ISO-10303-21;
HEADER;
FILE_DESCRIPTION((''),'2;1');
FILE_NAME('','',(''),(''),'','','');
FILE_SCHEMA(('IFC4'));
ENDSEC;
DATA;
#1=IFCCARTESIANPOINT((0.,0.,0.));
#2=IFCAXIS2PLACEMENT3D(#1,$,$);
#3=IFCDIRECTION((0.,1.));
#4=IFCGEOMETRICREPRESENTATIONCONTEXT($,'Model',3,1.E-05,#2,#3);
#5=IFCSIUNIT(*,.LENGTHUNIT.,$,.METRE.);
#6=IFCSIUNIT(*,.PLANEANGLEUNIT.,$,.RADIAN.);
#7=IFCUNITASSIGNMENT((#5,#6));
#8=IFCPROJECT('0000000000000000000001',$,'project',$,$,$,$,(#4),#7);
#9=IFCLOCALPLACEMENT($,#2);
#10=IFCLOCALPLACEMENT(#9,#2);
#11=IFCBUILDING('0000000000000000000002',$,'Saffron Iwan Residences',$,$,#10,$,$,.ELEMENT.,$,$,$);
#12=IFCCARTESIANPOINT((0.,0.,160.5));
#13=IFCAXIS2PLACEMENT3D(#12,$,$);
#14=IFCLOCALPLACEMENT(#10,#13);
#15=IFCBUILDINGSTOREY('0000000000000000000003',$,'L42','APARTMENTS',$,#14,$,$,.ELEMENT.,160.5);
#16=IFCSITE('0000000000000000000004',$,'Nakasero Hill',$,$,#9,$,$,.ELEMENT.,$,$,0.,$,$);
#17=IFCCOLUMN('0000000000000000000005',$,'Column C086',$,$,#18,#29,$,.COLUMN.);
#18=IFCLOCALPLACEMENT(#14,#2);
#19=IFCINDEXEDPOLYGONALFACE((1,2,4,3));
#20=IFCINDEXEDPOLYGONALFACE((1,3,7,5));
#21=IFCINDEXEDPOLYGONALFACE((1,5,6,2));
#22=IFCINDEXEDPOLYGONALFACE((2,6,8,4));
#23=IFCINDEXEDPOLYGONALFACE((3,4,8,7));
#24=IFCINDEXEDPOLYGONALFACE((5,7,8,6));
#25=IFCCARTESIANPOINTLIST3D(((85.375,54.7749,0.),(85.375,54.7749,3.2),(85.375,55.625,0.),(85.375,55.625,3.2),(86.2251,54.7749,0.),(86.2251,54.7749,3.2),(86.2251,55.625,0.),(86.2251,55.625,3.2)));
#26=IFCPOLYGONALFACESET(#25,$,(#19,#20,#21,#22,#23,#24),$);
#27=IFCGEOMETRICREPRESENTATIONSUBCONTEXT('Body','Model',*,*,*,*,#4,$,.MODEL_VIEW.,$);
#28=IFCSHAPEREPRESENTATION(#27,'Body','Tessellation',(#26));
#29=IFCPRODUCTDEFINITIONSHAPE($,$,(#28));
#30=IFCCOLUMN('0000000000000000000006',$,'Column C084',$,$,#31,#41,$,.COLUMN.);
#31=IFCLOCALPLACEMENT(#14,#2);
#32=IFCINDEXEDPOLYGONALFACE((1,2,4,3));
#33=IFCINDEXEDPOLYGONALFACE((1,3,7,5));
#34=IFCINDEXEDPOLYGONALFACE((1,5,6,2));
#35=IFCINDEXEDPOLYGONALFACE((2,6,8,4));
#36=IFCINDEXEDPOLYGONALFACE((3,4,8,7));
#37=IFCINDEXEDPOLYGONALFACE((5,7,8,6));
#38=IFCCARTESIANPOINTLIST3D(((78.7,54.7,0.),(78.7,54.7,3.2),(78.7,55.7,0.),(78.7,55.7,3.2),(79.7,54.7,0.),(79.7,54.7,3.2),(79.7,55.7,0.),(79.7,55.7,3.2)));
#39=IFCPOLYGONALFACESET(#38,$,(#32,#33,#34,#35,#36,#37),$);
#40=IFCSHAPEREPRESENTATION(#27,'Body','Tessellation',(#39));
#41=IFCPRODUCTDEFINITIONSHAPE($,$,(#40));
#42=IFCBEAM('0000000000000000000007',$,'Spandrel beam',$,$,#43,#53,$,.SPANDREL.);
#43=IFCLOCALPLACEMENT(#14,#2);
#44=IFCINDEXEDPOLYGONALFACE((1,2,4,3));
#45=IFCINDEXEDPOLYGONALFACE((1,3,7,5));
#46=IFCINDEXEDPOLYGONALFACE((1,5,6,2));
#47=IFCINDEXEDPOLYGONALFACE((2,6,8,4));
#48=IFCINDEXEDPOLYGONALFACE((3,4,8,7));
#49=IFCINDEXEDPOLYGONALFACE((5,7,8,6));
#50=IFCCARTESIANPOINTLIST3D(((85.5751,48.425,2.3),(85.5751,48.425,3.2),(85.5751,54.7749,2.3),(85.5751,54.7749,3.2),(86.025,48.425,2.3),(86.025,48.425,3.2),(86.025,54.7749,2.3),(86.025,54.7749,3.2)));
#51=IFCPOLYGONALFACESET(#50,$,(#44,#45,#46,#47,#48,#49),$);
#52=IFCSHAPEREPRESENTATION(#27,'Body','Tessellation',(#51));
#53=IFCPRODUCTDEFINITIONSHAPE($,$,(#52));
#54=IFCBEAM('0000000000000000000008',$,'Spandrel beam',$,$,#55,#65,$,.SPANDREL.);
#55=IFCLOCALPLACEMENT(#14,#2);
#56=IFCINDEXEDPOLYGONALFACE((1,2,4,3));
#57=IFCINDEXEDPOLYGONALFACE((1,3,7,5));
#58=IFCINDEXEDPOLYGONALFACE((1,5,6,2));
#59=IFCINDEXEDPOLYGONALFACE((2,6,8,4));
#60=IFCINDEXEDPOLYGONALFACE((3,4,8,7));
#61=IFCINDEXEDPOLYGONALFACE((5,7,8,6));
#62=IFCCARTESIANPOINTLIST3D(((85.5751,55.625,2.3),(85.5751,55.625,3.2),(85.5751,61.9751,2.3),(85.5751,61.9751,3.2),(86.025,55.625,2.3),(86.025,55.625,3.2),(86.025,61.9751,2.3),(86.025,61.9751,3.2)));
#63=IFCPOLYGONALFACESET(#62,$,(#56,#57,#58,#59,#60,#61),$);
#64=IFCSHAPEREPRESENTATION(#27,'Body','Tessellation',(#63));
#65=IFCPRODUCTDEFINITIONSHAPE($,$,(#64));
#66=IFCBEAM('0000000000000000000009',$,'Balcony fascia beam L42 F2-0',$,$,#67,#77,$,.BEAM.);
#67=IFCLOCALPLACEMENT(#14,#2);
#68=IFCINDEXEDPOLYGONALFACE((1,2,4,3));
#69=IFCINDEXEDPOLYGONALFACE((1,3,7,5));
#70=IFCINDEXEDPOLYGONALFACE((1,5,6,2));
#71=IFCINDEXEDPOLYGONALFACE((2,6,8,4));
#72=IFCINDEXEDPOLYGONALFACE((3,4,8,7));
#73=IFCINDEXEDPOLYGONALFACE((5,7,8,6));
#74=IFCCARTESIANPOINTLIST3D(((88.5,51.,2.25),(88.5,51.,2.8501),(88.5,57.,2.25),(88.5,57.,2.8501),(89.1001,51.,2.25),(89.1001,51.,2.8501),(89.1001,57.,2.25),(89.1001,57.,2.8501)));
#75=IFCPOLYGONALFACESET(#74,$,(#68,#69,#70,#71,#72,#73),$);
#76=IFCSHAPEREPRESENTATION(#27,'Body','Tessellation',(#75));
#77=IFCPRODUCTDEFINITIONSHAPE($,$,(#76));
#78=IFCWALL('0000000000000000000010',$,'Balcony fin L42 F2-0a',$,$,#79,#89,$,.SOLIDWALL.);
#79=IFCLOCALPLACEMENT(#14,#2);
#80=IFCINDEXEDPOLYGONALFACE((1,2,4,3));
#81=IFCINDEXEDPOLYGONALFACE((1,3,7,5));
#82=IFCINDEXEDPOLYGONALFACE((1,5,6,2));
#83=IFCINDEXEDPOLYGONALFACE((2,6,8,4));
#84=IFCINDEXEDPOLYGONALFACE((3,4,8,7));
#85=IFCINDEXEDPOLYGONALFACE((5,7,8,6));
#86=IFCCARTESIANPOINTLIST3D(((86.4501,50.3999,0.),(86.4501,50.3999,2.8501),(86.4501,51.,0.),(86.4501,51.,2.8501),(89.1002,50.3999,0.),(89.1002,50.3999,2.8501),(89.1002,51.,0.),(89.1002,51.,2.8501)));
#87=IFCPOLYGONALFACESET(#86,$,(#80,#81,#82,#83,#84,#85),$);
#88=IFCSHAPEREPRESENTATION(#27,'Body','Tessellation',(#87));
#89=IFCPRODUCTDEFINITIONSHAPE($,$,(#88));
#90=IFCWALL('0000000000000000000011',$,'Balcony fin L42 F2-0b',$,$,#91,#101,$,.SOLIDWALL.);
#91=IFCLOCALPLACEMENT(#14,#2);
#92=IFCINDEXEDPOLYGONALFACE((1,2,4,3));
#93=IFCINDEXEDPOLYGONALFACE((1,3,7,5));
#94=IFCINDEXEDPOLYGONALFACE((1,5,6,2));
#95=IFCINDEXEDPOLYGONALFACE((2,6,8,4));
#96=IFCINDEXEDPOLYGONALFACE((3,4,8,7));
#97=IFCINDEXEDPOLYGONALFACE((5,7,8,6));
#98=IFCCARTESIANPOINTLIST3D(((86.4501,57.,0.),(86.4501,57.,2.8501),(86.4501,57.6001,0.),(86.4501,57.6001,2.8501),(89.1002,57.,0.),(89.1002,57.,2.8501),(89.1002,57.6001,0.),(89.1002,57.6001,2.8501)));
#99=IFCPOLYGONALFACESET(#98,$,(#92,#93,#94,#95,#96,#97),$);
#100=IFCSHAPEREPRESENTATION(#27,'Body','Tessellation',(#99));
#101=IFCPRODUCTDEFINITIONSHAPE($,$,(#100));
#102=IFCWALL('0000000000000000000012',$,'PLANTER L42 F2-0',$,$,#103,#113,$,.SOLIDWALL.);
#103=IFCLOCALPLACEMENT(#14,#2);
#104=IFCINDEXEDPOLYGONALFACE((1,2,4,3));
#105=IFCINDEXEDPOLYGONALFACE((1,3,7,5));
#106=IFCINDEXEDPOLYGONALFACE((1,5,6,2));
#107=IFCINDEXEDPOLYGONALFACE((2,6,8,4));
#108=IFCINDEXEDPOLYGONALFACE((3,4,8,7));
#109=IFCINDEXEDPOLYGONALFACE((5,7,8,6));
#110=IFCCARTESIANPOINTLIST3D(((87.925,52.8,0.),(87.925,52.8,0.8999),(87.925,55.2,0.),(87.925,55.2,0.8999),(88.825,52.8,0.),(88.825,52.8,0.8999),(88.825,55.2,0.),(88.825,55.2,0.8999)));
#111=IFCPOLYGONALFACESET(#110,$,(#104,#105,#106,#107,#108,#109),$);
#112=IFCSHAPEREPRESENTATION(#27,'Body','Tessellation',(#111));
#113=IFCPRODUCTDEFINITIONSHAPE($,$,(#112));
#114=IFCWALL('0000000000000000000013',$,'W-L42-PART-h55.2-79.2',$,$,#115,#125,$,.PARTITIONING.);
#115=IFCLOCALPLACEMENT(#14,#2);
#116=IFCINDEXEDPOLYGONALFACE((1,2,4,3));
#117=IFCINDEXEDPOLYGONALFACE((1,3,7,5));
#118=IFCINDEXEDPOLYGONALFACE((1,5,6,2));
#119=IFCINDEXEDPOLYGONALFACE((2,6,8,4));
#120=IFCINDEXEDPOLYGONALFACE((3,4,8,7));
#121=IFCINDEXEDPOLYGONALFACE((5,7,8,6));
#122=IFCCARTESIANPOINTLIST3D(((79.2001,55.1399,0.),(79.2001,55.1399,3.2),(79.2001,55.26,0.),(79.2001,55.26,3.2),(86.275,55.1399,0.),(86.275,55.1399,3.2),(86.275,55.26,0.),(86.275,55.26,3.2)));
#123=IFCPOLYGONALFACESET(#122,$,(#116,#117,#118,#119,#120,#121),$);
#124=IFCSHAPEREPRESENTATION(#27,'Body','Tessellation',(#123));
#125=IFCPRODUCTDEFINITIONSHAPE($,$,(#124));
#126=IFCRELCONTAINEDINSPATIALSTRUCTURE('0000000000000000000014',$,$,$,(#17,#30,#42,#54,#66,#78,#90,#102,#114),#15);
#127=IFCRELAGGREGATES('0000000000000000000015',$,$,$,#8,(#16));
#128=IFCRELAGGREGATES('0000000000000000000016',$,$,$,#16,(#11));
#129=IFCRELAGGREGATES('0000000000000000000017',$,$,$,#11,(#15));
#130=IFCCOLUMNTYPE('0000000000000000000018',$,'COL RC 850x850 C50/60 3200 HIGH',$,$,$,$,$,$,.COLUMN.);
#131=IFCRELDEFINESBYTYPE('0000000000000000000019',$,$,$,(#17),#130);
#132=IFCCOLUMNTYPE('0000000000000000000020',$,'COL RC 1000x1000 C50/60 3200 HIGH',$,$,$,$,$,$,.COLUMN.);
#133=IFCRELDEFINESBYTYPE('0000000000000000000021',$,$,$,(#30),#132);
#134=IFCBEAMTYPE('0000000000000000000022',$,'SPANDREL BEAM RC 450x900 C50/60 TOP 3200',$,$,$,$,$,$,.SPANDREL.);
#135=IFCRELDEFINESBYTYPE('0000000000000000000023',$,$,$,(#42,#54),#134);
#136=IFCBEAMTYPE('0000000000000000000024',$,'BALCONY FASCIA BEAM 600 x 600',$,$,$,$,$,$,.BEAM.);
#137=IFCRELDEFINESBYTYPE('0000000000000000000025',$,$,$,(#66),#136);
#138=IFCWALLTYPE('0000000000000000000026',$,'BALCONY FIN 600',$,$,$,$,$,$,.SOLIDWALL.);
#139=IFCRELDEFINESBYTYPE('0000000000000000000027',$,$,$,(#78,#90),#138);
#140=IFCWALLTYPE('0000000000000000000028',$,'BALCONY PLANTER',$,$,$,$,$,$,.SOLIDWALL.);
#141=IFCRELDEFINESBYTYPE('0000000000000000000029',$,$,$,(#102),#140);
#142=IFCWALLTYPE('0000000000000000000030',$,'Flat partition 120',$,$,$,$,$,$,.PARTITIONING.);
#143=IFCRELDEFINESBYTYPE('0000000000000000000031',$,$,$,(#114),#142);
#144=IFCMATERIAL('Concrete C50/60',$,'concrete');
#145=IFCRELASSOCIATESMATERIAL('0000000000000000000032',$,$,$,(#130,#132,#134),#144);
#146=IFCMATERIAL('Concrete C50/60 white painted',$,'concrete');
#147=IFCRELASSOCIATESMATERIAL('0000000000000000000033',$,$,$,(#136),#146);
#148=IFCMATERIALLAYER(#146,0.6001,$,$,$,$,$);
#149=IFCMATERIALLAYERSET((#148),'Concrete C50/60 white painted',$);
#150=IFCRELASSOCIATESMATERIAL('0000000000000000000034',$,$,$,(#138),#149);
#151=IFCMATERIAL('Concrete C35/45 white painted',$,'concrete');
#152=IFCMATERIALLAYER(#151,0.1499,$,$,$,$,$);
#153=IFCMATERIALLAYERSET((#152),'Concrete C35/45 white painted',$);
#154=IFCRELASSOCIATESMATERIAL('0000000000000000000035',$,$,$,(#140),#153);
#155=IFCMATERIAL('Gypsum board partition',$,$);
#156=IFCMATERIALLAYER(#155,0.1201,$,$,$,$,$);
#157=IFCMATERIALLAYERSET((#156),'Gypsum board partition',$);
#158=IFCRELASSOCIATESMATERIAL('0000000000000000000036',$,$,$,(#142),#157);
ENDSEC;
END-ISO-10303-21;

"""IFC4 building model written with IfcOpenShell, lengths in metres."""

from ifc_helpers import new_model, si_unit, direction, frame, frame_2d, origin, origin_2d, place, context, subcontext, project, spatial, rectangle, extrude, source, transform, mapped, material, layer, layer_set, material_profile, profile_set, type_object, element, save


model = new_model("IFC4")

# Units and contexts
model_context = context("Model", 3, precision=1e-05, world=origin(), true_north=direction((0.0, 1.0)))
body_context = subcontext(model_context, "Body", "Model", "MODEL_VIEW")
ifc_project = project(units=[si_unit("LENGTHUNIT", "METRE"), si_unit("PLANEANGLEUNIT", "RADIAN")], contexts=[model_context])

# Site, building, storey
site_placement = place(None, origin())
site = spatial("IfcSite", under=ifc_project, at=site_placement, Name="Nakasero Hill", CompositionType="ELEMENT", RefElevation=0.0)
building_placement = place(site_placement, origin())
building = spatial("IfcBuilding", under=site, at=building_placement, Name="Saffron Iwan Residences", CompositionType="ELEMENT")
storey_placement = place(building_placement, frame((0.0, 0.0, 160.5)))
storey = spatial("IfcBuildingStorey", under=building, at=storey_placement, Name="L42", Description="APARTMENTS", CompositionType="ELEMENT", Elevation=160.5)

# Columns
ifc_material_1 = material(Name="Concrete C50/60", Category="concrete")
ifc_material_profile_1 = material_profile(ifc_material_1, rectangle(XDim=0.8501, YDim=0.8501, at=origin_2d()), Name="RC 850x850")
ifc_profile_set_1 = profile_set([ifc_material_profile_1], Name="Concrete C50/60")
column_type_1 = type_object("IfcColumnType", Name="COL RC 850x850 C50/60 3200 HIGH", PredefinedType="COLUMN", material=ifc_profile_set_1)
shared_shape_1 = source(origin(), body_context, "Body", "SweptSolid", [
    extrude(rectangle(XDim=0.8501, YDim=0.8501, at=origin_2d()), origin(), (0.0, 0.0, 1.0), 3.2),
])
column_1_placement = place(storey_placement, frame((85.8, 55.2, 0.0), z_axis=(0.0, 0.0, 1.0), x_axis=(1.0, 0.0, 0.0)))
element("IfcColumn", 1, at=column_1_placement, inside=storey, type_object=column_type_1, Name="Column C086", PredefinedType="COLUMN", context=body_context, shape_type="MappedRepresentation", body=[
    mapped(shared_shape_1, transform((0.0, 0.0, 0.0))),
])
ifc_material_profile_2 = material_profile(ifc_material_1, rectangle(XDim=1.0, YDim=1.0, at=origin_2d()), Name="RC 1000x1000")
ifc_profile_set_2 = profile_set([ifc_material_profile_2], Name="Concrete C50/60")
column_type_2 = type_object("IfcColumnType", Name="COL RC 1000x1000 C50/60 3200 HIGH", PredefinedType="COLUMN", material=ifc_profile_set_2)
shared_shape_2 = source(origin(), body_context, "Body", "SweptSolid", [
    extrude(rectangle(XDim=1.0, YDim=1.0, at=origin_2d()), origin(), (0.0, 0.0, 1.0), 3.2),
])
column_2_placement = place(storey_placement, frame((79.2, 55.2, 0.0), z_axis=(0.0, 0.0, 1.0), x_axis=(1.0, 0.0, 0.0)))
element("IfcColumn", 2, at=column_2_placement, inside=storey, type_object=column_type_2, Name="Column C084", PredefinedType="COLUMN", context=body_context, shape_type="MappedRepresentation", body=[
    mapped(shared_shape_2, transform((0.0, 0.0, 0.0))),
])

# Beams
ifc_material_profile_3 = material_profile(ifc_material_1, rectangle(XDim=0.45, YDim=0.8999, at=origin_2d()), Name="RC 450x900")
ifc_profile_set_3 = profile_set([ifc_material_profile_3], Name="Concrete C50/60")
beam_type_1 = type_object("IfcBeamType", Name="SPANDREL BEAM RC 450x900 C50/60 TOP 3200", PredefinedType="SPANDREL", material=ifc_profile_set_3)
shared_shape_3 = source(origin(), body_context, "Body", "SweptSolid", [
    extrude(rectangle(XDim=0.45, YDim=0.8999, at=origin_2d()), origin(), (0.0, 0.0, 1.0), 6.3499),
])
beam_1_placement = place(storey_placement, frame((85.8, 54.7749, 2.75), z_axis=(0.0, -1.0, 0.0), x_axis=(1.0, 0.0, 0.0)))
element("IfcBeam", 3, at=beam_1_placement, inside=storey, type_object=beam_type_1, Name="Spandrel beam", PredefinedType="SPANDREL", context=body_context, shape_type="MappedRepresentation", body=[
    mapped(shared_shape_3, transform((0.0, 0.0, 0.0))),
])
shared_shape_4 = source(origin(), body_context, "Body", "SweptSolid", [
    extrude(rectangle(XDim=0.45, YDim=0.8999, at=origin_2d()), origin(), (0.0, 0.0, 1.0), 6.3501),
])
beam_2_placement = place(storey_placement, frame((85.8, 61.9751, 2.75), z_axis=(0.0, -1.0, 0.0), x_axis=(1.0, 0.0, 0.0)))
element("IfcBeam", 4, at=beam_2_placement, inside=storey, type_object=beam_type_1, Name="Spandrel beam", PredefinedType="SPANDREL", context=body_context, shape_type="MappedRepresentation", body=[
    mapped(shared_shape_4, transform((0.0, 0.0, 0.0))),
])
ifc_material_2 = material(Name="Concrete C50/60 white painted", Category="concrete")
ifc_material_profile_4 = material_profile(ifc_material_2, rectangle(XDim=0.6001, YDim=0.6001, at=origin_2d()), Name="BALCONY FASCIA BEAM 600 x 600")
ifc_profile_set_4 = profile_set([ifc_material_profile_4], Name="Concrete C50/60 white painted")
beam_type_2 = type_object("IfcBeamType", Name="BALCONY FASCIA BEAM 600 x 600", PredefinedType="BEAM", material=ifc_profile_set_4)
shared_shape_5 = source(origin(), body_context, "Body", "SweptSolid", [
    extrude(rectangle(XDim=0.6001, YDim=0.6001, at=origin_2d()), origin(), (0.0, 0.0, 1.0), 6.0),
])
beam_3_placement = place(storey_placement, frame((88.8, 51.0, 2.55), z_axis=(0.0, 1.0, 0.0), x_axis=(-1.0, 0.0, 0.0)))
element("IfcBeam", 5, at=beam_3_placement, inside=storey, type_object=beam_type_2, Name="Balcony fascia beam L42 F2-0", PredefinedType="BEAM", context=body_context, shape_type="MappedRepresentation", body=[
    mapped(shared_shape_5, transform((0.0, 0.0, 0.0))),
])

# Walls
ifc_layer_1 = layer(ifc_material_2, 0.6001)
ifc_layer_set_1 = layer_set([ifc_layer_1], Name="Concrete C50/60 white painted")
wall_type_1 = type_object("IfcWallType", Name="BALCONY FIN 600", PredefinedType="SOLIDWALL", material=ifc_layer_set_1)
for number, where, z_axis, x_axis, name in (
    (6, (86.45, 50.7, 0.0), (0.0, 0.0, 1.0), (1.0, 0.0, 0.0), "Balcony fin L42 F2-0a"),
    (7, (86.45, 57.3, 0.0), (0.0, 0.0, 1.0), (1.0, 0.0, 0.0), "Balcony fin L42 F2-0b"),
):
    element("IfcWall", number, at=place(storey_placement, frame(where, z_axis=z_axis, x_axis=x_axis)), inside=storey, type_object=wall_type_1, Name=name, PredefinedType="SOLIDWALL", context=body_context, shape_type="SweptSolid", body=[
        extrude(rectangle(XDim=2.6501, YDim=0.6001, at=frame_2d((1.3252, 0.0))), origin(), (0.0, 0.0, 1.0), 2.8501),
    ])
ifc_material_3 = material(Name="Concrete C35/45 white painted", Category="concrete")
ifc_layer_2 = layer(ifc_material_3, 0.1499)
ifc_layer_set_2 = layer_set([ifc_layer_2], Name="Concrete C35/45 white painted")
wall_type_2 = type_object("IfcWallType", Name="BALCONY PLANTER", PredefinedType="SOLIDWALL", material=ifc_layer_set_2)
wall_1_placement = place(storey_placement, frame((88.375, 52.8, 0.0), z_axis=(0.0, 0.0, 1.0), x_axis=(0.0, 1.0, 0.0)))
element("IfcWall", 8, at=wall_1_placement, inside=storey, type_object=wall_type_2, Name="PLANTER L42 F2-0", PredefinedType="SOLIDWALL", context=body_context, shape_type="SweptSolid", body=[
    extrude(rectangle(XDim=2.3999, YDim=0.8999, at=frame_2d((1.2, 0.0))), origin(), (0.0, 0.0, 1.0), 0.8999),
])

# Wall
ifc_material_4 = material(Name="Gypsum board partition")
ifc_layer_3 = layer(ifc_material_4, 0.1201)
ifc_layer_set_3 = layer_set([ifc_layer_3], Name="Gypsum board partition")
wall_type_3 = type_object("IfcWallType", Name="Flat partition 120", PredefinedType="PARTITIONING", material=ifc_layer_set_3)
wall_2_placement = place(storey_placement, frame((79.2, 55.2, 0.0), z_axis=(0.0, 0.0, 1.0), x_axis=(1.0, 0.0, 0.0)))
element("IfcWall", 9, at=wall_2_placement, inside=storey, type_object=wall_type_3, Name="W-L42-PART-h55.2-79.2", PredefinedType="PARTITIONING", context=body_context, shape_type="SweptSolid", body=[
    extrude(rectangle(XDim=7.075, YDim=0.1201, at=frame_2d((3.5376, 0.0))), origin(), (0.0, 0.0, 1.0), 3.2),
])

save(model, "model.ifc")
